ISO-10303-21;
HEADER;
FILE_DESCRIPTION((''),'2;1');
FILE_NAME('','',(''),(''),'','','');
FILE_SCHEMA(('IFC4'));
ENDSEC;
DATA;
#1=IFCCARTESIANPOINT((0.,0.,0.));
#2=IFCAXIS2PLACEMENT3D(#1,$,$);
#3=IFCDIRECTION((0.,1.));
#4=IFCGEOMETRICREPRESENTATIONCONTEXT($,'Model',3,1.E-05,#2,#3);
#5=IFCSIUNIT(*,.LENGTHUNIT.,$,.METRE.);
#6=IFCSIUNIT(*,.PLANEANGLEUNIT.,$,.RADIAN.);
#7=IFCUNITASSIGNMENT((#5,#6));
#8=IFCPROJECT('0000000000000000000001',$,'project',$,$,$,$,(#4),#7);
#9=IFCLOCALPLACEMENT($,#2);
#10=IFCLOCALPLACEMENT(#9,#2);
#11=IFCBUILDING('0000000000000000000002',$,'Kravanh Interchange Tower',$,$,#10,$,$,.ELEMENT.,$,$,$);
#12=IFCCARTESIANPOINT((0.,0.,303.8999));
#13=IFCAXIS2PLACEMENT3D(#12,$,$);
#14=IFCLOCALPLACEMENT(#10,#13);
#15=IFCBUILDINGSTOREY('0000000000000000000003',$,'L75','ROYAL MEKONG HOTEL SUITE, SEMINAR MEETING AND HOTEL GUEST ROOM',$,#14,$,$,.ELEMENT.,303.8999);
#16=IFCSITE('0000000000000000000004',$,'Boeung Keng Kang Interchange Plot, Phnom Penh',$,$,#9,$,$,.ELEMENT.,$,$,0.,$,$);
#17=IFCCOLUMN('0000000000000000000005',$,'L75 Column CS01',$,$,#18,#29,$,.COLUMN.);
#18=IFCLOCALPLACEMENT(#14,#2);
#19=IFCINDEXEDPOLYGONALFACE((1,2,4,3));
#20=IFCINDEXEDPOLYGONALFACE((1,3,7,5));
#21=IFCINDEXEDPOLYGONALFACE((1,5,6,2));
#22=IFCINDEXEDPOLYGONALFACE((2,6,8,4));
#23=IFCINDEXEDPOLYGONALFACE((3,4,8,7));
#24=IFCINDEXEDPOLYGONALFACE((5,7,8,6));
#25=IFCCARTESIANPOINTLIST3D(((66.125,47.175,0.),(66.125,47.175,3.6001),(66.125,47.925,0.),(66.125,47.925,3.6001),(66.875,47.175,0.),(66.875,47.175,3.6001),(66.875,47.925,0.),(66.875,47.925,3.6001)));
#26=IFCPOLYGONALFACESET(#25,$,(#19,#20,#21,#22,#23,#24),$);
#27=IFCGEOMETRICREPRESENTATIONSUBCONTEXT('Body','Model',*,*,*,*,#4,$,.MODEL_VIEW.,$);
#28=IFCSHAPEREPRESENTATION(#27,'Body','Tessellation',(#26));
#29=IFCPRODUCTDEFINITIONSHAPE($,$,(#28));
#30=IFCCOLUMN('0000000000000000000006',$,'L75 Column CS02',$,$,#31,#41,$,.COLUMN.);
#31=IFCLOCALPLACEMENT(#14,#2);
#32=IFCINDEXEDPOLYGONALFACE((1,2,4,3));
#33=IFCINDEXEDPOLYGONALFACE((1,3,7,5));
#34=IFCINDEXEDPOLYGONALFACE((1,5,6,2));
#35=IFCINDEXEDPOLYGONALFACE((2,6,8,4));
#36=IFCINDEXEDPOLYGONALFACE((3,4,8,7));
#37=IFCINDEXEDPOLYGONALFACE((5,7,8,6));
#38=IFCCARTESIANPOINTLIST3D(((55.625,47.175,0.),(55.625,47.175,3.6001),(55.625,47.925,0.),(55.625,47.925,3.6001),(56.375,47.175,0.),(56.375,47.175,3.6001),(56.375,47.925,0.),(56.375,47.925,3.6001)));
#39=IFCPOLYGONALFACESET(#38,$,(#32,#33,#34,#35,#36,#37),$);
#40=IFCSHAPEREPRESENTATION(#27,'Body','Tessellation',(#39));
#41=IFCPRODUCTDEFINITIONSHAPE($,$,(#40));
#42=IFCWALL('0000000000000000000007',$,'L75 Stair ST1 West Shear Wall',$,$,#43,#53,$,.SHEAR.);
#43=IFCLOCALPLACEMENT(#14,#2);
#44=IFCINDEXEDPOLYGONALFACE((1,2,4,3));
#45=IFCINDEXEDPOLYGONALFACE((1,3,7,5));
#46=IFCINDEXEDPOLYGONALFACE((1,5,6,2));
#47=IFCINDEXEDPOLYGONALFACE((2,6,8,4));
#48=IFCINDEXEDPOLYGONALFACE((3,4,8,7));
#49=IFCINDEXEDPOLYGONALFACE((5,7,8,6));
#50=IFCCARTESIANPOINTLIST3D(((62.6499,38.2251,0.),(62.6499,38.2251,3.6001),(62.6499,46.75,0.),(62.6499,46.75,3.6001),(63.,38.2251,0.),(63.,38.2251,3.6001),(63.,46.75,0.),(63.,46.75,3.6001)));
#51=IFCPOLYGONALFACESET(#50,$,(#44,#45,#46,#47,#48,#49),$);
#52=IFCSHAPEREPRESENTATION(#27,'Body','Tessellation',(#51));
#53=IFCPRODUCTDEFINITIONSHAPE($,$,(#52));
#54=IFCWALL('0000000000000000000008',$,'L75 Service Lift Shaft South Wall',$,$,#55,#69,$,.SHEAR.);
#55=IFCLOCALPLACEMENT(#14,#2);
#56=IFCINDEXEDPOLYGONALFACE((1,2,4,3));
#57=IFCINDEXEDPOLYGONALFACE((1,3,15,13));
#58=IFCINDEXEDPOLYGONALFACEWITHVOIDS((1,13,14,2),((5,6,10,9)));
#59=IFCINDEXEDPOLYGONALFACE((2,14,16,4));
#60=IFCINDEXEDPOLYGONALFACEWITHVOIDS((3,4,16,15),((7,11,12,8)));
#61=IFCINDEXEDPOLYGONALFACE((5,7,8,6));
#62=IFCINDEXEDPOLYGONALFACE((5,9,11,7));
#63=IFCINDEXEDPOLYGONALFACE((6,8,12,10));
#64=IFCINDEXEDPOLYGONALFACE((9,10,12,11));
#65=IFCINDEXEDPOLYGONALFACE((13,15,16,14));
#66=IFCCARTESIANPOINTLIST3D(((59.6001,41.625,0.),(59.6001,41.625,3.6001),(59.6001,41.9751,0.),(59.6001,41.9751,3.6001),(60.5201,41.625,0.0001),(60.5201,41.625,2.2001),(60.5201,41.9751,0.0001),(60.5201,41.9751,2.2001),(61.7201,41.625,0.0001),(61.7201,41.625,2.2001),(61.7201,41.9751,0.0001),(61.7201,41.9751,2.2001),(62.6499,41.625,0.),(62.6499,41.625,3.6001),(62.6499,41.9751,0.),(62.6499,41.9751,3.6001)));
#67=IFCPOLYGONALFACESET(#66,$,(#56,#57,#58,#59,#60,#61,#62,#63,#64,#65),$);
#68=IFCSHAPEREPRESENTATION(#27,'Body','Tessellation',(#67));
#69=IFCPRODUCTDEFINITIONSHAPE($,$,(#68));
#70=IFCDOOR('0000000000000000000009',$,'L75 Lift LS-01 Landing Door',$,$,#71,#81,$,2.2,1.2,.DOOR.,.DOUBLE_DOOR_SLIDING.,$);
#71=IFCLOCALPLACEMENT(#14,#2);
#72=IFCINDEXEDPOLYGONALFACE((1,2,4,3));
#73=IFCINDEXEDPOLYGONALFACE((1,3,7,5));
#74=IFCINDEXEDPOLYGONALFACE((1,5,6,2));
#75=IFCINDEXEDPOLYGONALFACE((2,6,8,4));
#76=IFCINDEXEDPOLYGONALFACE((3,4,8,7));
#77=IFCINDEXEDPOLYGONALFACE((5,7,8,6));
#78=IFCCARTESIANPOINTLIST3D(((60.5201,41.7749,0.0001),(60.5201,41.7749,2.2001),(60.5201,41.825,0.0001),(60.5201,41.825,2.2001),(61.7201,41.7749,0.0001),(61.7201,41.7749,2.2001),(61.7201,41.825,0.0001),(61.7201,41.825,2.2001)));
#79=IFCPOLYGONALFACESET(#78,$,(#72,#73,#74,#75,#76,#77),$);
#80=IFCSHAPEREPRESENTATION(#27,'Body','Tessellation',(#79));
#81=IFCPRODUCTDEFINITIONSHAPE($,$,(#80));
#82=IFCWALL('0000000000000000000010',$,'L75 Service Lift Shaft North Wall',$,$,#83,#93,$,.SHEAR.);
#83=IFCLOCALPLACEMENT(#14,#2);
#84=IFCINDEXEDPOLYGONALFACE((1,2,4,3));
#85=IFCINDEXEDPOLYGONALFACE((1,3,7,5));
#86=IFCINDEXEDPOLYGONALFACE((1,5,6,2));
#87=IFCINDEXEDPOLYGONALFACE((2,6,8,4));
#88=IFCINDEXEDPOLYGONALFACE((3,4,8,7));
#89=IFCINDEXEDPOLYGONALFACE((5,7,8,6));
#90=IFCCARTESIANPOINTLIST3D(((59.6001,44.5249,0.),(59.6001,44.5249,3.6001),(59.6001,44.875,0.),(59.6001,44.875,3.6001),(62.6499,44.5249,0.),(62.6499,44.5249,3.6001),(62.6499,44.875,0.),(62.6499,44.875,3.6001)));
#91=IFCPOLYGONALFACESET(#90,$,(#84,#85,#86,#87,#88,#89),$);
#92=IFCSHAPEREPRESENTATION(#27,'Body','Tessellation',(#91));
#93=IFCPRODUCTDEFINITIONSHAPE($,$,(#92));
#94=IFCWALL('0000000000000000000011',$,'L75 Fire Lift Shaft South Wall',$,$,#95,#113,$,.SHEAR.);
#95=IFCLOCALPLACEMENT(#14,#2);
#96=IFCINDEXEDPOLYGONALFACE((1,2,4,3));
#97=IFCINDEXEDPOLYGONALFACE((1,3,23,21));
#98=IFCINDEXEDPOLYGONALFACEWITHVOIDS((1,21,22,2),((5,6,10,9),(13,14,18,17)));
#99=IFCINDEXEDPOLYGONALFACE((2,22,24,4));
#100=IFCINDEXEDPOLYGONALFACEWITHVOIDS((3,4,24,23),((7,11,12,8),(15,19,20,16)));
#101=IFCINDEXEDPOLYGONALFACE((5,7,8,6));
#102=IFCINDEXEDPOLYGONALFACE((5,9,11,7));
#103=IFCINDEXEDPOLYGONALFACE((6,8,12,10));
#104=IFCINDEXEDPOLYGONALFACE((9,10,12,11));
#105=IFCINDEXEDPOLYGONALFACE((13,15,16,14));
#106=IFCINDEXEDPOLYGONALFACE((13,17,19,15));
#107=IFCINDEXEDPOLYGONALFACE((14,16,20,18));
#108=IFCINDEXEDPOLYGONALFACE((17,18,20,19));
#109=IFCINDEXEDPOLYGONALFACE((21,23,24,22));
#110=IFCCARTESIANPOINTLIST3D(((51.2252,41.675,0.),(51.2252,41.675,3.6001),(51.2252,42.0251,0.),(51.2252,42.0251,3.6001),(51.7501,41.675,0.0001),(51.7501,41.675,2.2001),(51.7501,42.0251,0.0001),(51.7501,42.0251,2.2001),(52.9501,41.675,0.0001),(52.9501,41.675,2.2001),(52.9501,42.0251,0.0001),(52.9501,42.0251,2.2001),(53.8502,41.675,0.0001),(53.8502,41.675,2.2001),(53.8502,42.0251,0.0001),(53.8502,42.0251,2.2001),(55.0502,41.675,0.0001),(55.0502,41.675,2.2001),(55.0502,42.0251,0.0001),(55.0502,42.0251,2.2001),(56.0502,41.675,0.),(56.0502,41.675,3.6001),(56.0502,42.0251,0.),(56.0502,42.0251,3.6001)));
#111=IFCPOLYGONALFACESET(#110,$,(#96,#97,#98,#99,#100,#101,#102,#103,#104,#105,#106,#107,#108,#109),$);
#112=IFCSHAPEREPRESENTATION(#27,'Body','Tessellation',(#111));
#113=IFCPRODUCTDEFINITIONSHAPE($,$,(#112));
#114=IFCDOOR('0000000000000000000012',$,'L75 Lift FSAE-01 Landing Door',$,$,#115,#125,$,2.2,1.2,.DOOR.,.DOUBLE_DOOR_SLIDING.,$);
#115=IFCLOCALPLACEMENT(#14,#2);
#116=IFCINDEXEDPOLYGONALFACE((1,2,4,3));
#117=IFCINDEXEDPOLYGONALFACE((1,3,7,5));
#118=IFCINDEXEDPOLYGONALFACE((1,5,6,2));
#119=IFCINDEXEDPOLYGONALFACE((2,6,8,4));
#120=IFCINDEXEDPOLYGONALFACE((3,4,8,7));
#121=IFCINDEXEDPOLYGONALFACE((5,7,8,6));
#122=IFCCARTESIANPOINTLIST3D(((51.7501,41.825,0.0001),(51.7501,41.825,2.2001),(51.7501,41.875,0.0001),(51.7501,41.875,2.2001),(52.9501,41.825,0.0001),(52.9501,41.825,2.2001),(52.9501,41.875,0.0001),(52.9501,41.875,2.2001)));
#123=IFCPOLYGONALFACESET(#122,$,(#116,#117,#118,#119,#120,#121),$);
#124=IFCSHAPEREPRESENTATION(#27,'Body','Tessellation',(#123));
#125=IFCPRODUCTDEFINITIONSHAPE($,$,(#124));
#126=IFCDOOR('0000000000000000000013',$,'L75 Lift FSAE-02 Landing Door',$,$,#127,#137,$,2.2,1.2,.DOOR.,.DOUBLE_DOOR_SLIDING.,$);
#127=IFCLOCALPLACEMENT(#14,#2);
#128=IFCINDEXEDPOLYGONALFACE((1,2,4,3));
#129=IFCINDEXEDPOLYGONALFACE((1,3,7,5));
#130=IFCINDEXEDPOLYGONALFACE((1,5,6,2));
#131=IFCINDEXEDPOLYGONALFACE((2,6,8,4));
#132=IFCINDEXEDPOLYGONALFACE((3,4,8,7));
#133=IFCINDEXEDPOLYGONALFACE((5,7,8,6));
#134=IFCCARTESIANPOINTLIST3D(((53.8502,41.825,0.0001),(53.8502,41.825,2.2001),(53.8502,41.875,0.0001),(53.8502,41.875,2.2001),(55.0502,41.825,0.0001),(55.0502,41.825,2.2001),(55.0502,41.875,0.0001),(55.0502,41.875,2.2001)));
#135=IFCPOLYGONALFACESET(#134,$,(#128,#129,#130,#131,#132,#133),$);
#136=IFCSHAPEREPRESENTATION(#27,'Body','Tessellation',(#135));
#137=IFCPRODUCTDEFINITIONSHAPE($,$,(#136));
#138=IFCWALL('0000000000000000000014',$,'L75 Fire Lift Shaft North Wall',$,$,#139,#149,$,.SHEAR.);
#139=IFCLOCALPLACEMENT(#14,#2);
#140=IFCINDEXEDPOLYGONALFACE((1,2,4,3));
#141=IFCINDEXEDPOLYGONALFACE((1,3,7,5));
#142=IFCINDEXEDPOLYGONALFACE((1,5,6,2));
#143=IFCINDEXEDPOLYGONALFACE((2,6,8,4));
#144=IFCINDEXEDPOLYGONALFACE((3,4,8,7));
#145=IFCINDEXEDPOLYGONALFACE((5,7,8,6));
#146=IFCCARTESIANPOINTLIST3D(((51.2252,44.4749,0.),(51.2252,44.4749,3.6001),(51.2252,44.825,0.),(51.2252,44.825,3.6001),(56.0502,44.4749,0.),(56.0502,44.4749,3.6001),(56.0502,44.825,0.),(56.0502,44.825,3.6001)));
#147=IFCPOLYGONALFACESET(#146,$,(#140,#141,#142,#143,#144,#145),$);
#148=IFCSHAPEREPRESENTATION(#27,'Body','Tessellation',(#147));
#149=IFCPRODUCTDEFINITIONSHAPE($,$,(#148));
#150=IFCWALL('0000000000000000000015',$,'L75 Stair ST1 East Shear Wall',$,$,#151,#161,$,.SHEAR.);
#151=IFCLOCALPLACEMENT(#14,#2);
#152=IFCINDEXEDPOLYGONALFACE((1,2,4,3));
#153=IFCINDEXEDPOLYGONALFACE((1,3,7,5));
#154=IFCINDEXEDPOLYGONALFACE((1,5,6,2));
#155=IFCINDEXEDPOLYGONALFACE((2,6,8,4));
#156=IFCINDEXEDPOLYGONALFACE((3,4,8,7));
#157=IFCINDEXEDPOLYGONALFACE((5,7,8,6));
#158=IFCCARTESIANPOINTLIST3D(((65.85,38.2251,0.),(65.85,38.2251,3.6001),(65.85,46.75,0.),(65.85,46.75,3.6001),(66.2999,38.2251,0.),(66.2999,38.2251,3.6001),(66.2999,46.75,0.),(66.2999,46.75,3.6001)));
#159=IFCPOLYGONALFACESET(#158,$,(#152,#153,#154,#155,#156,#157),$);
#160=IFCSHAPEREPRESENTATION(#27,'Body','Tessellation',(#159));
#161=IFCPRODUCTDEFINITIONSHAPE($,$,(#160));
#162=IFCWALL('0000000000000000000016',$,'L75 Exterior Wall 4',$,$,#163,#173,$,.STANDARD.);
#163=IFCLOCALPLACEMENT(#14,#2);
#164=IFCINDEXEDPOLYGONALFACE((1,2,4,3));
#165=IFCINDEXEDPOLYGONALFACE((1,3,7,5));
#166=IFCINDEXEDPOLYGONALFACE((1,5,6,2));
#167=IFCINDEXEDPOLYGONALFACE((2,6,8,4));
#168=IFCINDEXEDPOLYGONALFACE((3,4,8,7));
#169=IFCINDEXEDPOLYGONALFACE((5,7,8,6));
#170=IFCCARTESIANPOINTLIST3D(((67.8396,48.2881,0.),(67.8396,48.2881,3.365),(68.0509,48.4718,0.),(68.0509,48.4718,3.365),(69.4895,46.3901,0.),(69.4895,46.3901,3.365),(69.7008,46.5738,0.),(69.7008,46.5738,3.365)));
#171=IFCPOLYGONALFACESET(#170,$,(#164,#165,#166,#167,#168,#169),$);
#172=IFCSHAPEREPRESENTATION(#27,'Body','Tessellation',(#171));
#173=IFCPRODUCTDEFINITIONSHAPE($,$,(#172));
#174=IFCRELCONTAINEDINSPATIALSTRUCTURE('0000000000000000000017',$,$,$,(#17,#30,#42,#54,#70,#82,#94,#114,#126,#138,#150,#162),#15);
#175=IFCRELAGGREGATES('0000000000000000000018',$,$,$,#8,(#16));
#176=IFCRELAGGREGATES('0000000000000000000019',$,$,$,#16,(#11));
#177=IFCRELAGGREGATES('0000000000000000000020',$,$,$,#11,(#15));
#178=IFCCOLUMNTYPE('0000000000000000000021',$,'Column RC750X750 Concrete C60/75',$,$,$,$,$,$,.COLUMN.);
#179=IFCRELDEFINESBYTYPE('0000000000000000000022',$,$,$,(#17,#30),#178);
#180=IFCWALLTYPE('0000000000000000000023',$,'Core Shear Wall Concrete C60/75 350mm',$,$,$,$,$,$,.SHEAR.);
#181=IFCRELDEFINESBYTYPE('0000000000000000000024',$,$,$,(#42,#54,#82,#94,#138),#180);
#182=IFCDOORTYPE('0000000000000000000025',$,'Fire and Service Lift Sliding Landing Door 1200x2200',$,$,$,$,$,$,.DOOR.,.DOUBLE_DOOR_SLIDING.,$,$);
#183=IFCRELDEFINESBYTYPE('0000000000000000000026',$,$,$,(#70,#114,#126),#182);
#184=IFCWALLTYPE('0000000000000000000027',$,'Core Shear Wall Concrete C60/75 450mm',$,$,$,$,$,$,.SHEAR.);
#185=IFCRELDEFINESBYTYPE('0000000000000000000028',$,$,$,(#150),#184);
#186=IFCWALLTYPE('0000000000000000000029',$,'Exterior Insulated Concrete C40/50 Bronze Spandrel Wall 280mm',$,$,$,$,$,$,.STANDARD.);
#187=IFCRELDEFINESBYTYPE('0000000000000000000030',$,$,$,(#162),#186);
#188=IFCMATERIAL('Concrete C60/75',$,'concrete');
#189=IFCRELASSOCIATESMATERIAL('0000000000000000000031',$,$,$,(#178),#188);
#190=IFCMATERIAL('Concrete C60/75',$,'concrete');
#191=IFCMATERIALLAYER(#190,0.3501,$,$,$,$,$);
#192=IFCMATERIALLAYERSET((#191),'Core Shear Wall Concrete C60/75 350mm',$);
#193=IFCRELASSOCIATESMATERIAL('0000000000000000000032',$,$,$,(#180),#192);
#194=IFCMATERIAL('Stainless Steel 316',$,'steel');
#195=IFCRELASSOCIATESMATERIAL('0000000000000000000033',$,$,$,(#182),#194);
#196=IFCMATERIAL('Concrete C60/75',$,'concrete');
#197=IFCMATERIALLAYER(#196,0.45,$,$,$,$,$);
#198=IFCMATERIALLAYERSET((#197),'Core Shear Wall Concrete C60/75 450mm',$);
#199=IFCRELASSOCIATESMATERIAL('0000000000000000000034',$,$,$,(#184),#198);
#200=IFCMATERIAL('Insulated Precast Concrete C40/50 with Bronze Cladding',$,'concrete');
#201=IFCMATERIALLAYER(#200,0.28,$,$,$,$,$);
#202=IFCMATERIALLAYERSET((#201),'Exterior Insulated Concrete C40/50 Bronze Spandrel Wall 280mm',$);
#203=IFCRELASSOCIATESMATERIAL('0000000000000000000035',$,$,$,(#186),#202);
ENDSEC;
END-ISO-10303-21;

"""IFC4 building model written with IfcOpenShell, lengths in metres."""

from ifc_helpers import new_model, si_unit, direction, frame, frame_2d, origin, origin_2d, place, context, subcontext, project, spatial, rectangle, extrude, material, layer, layer_set, material_profile, profile_set, type_object, element, fill, save


model = new_model("IFC4")

# Units and contexts
model_context = context("Model", 3, precision=1e-05, world=origin(), true_north=direction((0.0, 1.0)))
body_context = subcontext(model_context, "Body", "Model", "MODEL_VIEW")
ifc_project = project(units=[si_unit("LENGTHUNIT", "METRE"), si_unit("PLANEANGLEUNIT", "RADIAN")], contexts=[model_context])

# Site, building, storey
site_placement = place(None, origin())
site = spatial("IfcSite", under=ifc_project, at=site_placement, Name="Boeung Keng Kang Interchange Plot, Phnom Penh", CompositionType="ELEMENT", RefElevation=0.0)
building_placement = place(site_placement, origin())
building = spatial("IfcBuilding", under=site, at=building_placement, Name="Kravanh Interchange Tower", CompositionType="ELEMENT")
storey_placement = place(building_placement, frame((0.0, 0.0, 303.8999)))
storey = spatial("IfcBuildingStorey", under=building, at=storey_placement, Name="L75", Description="ROYAL MEKONG HOTEL SUITE, SEMINAR MEETING AND HOTEL GUEST ROOM", CompositionType="ELEMENT", Elevation=303.8999)

# Columns
ifc_material_1 = material(Name="Concrete C60/75", Category="concrete")
ifc_material_profile = material_profile(ifc_material_1, rectangle(XDim=0.75, YDim=0.75, at=origin_2d()), Name="RC750X750")
ifc_profile_set = profile_set([ifc_material_profile], Name="Concrete C60/75")
column_type = type_object("IfcColumnType", Name="Column RC750X750 Concrete C60/75", PredefinedType="COLUMN", material=ifc_profile_set)
for number, where, z_axis, x_axis, name in (
    (1, (66.5, 47.55, 0.0), (0.0, 0.0, 1.0), (1.0, 0.0, 0.0), "L75 Column CS01"),
    (2, (56.0, 47.55, 0.0), (0.0, 0.0, 1.0), (1.0, 0.0, 0.0), "L75 Column CS02"),
):
    element("IfcColumn", number, at=place(storey_placement, frame(where, z_axis=z_axis, x_axis=x_axis)), inside=storey, type_object=column_type, Name=name, PredefinedType="COLUMN", context=body_context, shape_type="SweptSolid", body=[
        extrude(rectangle(XDim=0.75, YDim=0.75, at=origin_2d()), origin(), (0.0, 0.0, 1.0), 3.6001),
    ])

# Wall
ifc_material_2 = material(Name="Concrete C60/75", Category="concrete")
ifc_layer_1 = layer(ifc_material_2, 0.3501)
ifc_layer_set_1 = layer_set([ifc_layer_1], Name="Core Shear Wall Concrete C60/75 350mm")
wall_type_1 = type_object("IfcWallType", Name="Core Shear Wall Concrete C60/75 350mm", PredefinedType="SHEAR", material=ifc_layer_set_1)
wall_1_placement = place(storey_placement, frame((62.825, 38.2251, 0.0), z_axis=(0.0, 0.0, 1.0), x_axis=(0.0, 1.0, 0.0)))
element("IfcWall", 3, at=wall_1_placement, inside=storey, type_object=wall_type_1, Name="L75 Stair ST1 West Shear Wall", PredefinedType="SHEAR", context=body_context, shape_type="SweptSolid", body=[
    extrude(rectangle(XDim=8.5249, YDim=0.3501, at=frame_2d((4.2625, 0.0))), origin(), (0.0, 0.0, 1.0), 3.6001),
])

# Wall, opening, door
wall_2_placement = place(storey_placement, frame((59.6001, 41.8, 0.0), z_axis=(0.0, 0.0, 1.0), x_axis=(1.0, 0.0, 0.0)))
wall_2 = element("IfcWall", 4, at=wall_2_placement, inside=storey, type_object=wall_type_1, Name="L75 Service Lift Shaft South Wall", PredefinedType="SHEAR", context=body_context, shape_type="SweptSolid", body=[
    extrude(rectangle(XDim=3.0498, YDim=0.3501, at=frame_2d((1.5249, 0.0))), origin(), (0.0, 0.0, 1.0), 3.6001),
])
opening_1_placement = place(wall_2_placement, frame((0.9199, 0.0, 0.0)))
opening_1 = element("IfcOpeningElement", 5, at=opening_1_placement, cuts=wall_2, PredefinedType="OPENING", context=body_context, shape_type="SweptSolid", body=[
    extrude(rectangle(XDim=1.2, YDim=2.2, at=frame_2d((0.6001, 1.1001))), frame((0.0, 0.1851, 0.0), z_axis=(0.0, -1.0, 0.0), x_axis=(1.0, 0.0, 0.0)), (0.0, 0.0, 1.0), 0.3701),
])
ifc_material_3 = material(Name="Stainless Steel 316", Category="steel")
door_type = type_object("IfcDoorType", Name="Fire and Service Lift Sliding Landing Door 1200x2200", OperationType="DOUBLE_DOOR_SLIDING", PredefinedType="DOOR", material=ifc_material_3)
door_1_placement = place(opening_1_placement, origin())
door_1 = element("IfcDoor", 6, at=door_1_placement, inside=storey, type_object=door_type, Name="L75 Lift LS-01 Landing Door", OperationType="DOUBLE_DOOR_SLIDING", OverallHeight=2.2, OverallWidth=1.2, PredefinedType="DOOR", context=body_context, shape_type="SweptSolid", body=[
    extrude(rectangle(XDim=1.2, YDim=2.2, at=frame_2d((0.6001, 1.1001))), frame((0.0, 0.0249, 0.0), z_axis=(0.0, -1.0, 0.0), x_axis=(1.0, 0.0, 0.0)), (0.0, 0.0, 1.0), 0.05),
])
fill(opening_1, door_1)

# Wall
wall_3_placement = place(storey_placement, frame((59.6001, 44.7, 0.0), z_axis=(0.0, 0.0, 1.0), x_axis=(1.0, 0.0, 0.0)))
element("IfcWall", 7, at=wall_3_placement, inside=storey, type_object=wall_type_1, Name="L75 Service Lift Shaft North Wall", PredefinedType="SHEAR", context=body_context, shape_type="SweptSolid", body=[
    extrude(rectangle(XDim=3.0498, YDim=0.3501, at=frame_2d((1.5249, 0.0))), origin(), (0.0, 0.0, 1.0), 3.6001),
])

# Wall, openings, doors
wall_4_placement = place(storey_placement, frame((51.2251, 41.8501, 0.0), z_axis=(0.0, 0.0, 1.0), x_axis=(1.0, 0.0, 0.0)))
wall_4 = element("IfcWall", 8, at=wall_4_placement, inside=storey, type_object=wall_type_1, Name="L75 Fire Lift Shaft South Wall", PredefinedType="SHEAR", context=body_context, shape_type="SweptSolid", body=[
    extrude(rectangle(XDim=4.825, YDim=0.3501, at=frame_2d((2.4126, 0.0))), origin(), (0.0, 0.0, 1.0), 3.6001),
])
opening_2_placement = place(wall_4_placement, frame((0.5249, 0.0, 0.0)))
opening_2 = element("IfcOpeningElement", 9, at=opening_2_placement, cuts=wall_4, PredefinedType="OPENING", context=body_context, shape_type="SweptSolid", body=[
    extrude(rectangle(XDim=1.2, YDim=2.2, at=frame_2d((0.6001, 1.1001))), frame((0.0, 0.1851, 0.0), z_axis=(0.0, -1.0, 0.0), x_axis=(1.0, 0.0, 0.0)), (0.0, 0.0, 1.0), 0.3701),
])
opening_3_placement = place(wall_4_placement, frame((2.625, 0.0, 0.0)))
opening_3 = element("IfcOpeningElement", 10, at=opening_3_placement, cuts=wall_4, PredefinedType="OPENING", context=body_context, shape_type="SweptSolid", body=[
    extrude(rectangle(XDim=1.2, YDim=2.2, at=frame_2d((0.6001, 1.1001))), frame((0.0, 0.1851, 0.0), z_axis=(0.0, -1.0, 0.0), x_axis=(1.0, 0.0, 0.0)), (0.0, 0.0, 1.0), 0.3701),
])
door_2_placement = place(opening_2_placement, origin())
door_2 = element("IfcDoor", 11, at=door_2_placement, inside=storey, type_object=door_type, Name="L75 Lift FSAE-01 Landing Door", OperationType="DOUBLE_DOOR_SLIDING", OverallHeight=2.2, OverallWidth=1.2, PredefinedType="DOOR", context=body_context, shape_type="SweptSolid", body=[
    extrude(rectangle(XDim=1.2, YDim=2.2, at=frame_2d((0.6001, 1.1001))), frame((0.0, 0.0249, 0.0), z_axis=(0.0, -1.0, 0.0), x_axis=(1.0, 0.0, 0.0)), (0.0, 0.0, 1.0), 0.05),
])
fill(opening_2, door_2)
door_3_placement = place(opening_3_placement, origin())
door_3 = element("IfcDoor", 12, at=door_3_placement, inside=storey, type_object=door_type, Name="L75 Lift FSAE-02 Landing Door", OperationType="DOUBLE_DOOR_SLIDING", OverallHeight=2.2, OverallWidth=1.2, PredefinedType="DOOR", context=body_context, shape_type="SweptSolid", body=[
    extrude(rectangle(XDim=1.2, YDim=2.2, at=frame_2d((0.6001, 1.1001))), frame((0.0, 0.0249, 0.0), z_axis=(0.0, -1.0, 0.0), x_axis=(1.0, 0.0, 0.0)), (0.0, 0.0, 1.0), 0.05),
])
fill(opening_3, door_3)

# Walls
wall_5_placement = place(storey_placement, frame((51.2251, 44.6499, 0.0), z_axis=(0.0, 0.0, 1.0), x_axis=(1.0, 0.0, 0.0)))
element("IfcWall", 13, at=wall_5_placement, inside=storey, type_object=wall_type_1, Name="L75 Fire Lift Shaft North Wall", PredefinedType="SHEAR", context=body_context, shape_type="SweptSolid", body=[
    extrude(rectangle(XDim=4.825, YDim=0.3501, at=frame_2d((2.4126, 0.0))), origin(), (0.0, 0.0, 1.0), 3.6001),
])
ifc_material_4 = material(Name="Concrete C60/75", Category="concrete")
ifc_layer_2 = layer(ifc_material_4, 0.45)
ifc_layer_set_2 = layer_set([ifc_layer_2], Name="Core Shear Wall Concrete C60/75 450mm")
wall_type_2 = type_object("IfcWallType", Name="Core Shear Wall Concrete C60/75 450mm", PredefinedType="SHEAR", material=ifc_layer_set_2)
wall_6_placement = place(storey_placement, frame((66.075, 38.2251, 0.0), z_axis=(0.0, 0.0, 1.0), x_axis=(0.0, 1.0, 0.0)))
element("IfcWall", 14, at=wall_6_placement, inside=storey, type_object=wall_type_2, Name="L75 Stair ST1 East Shear Wall", PredefinedType="SHEAR", context=body_context, shape_type="SweptSolid", body=[
    extrude(rectangle(XDim=8.5249, YDim=0.45, at=frame_2d((4.2625, 0.0))), origin(), (0.0, 0.0, 1.0), 3.6001),
])
ifc_material_5 = material(Name="Insulated Precast Concrete C40/50 with Bronze Cladding", Category="concrete")
ifc_layer_3 = layer(ifc_material_5, 0.28)
ifc_layer_set_3 = layer_set([ifc_layer_3], Name="Exterior Insulated Concrete C40/50 Bronze Spandrel Wall 280mm")
wall_type_3 = type_object("IfcWallType", Name="Exterior Insulated Concrete C40/50 Bronze Spandrel Wall 280mm", PredefinedType="STANDARD", material=ifc_layer_set_3)
wall_7_placement = place(storey_placement, frame((67.9453, 48.3799, 0.0), z_axis=(0.0, 0.0, 1.0), x_axis=(0.656068, -0.754702, 0.0)))
element("IfcWall", 15, at=wall_7_placement, inside=storey, type_object=wall_type_3, Name="L75 Exterior Wall 4", PredefinedType="STANDARD", context=body_context, shape_type="SweptSolid", body=[
    extrude(rectangle(XDim=2.5149, YDim=0.28, at=frame_2d((1.2573, 0.0))), origin(), (0.0, 0.0, 1.0), 3.365),
])

save(model, "model.ifc")
